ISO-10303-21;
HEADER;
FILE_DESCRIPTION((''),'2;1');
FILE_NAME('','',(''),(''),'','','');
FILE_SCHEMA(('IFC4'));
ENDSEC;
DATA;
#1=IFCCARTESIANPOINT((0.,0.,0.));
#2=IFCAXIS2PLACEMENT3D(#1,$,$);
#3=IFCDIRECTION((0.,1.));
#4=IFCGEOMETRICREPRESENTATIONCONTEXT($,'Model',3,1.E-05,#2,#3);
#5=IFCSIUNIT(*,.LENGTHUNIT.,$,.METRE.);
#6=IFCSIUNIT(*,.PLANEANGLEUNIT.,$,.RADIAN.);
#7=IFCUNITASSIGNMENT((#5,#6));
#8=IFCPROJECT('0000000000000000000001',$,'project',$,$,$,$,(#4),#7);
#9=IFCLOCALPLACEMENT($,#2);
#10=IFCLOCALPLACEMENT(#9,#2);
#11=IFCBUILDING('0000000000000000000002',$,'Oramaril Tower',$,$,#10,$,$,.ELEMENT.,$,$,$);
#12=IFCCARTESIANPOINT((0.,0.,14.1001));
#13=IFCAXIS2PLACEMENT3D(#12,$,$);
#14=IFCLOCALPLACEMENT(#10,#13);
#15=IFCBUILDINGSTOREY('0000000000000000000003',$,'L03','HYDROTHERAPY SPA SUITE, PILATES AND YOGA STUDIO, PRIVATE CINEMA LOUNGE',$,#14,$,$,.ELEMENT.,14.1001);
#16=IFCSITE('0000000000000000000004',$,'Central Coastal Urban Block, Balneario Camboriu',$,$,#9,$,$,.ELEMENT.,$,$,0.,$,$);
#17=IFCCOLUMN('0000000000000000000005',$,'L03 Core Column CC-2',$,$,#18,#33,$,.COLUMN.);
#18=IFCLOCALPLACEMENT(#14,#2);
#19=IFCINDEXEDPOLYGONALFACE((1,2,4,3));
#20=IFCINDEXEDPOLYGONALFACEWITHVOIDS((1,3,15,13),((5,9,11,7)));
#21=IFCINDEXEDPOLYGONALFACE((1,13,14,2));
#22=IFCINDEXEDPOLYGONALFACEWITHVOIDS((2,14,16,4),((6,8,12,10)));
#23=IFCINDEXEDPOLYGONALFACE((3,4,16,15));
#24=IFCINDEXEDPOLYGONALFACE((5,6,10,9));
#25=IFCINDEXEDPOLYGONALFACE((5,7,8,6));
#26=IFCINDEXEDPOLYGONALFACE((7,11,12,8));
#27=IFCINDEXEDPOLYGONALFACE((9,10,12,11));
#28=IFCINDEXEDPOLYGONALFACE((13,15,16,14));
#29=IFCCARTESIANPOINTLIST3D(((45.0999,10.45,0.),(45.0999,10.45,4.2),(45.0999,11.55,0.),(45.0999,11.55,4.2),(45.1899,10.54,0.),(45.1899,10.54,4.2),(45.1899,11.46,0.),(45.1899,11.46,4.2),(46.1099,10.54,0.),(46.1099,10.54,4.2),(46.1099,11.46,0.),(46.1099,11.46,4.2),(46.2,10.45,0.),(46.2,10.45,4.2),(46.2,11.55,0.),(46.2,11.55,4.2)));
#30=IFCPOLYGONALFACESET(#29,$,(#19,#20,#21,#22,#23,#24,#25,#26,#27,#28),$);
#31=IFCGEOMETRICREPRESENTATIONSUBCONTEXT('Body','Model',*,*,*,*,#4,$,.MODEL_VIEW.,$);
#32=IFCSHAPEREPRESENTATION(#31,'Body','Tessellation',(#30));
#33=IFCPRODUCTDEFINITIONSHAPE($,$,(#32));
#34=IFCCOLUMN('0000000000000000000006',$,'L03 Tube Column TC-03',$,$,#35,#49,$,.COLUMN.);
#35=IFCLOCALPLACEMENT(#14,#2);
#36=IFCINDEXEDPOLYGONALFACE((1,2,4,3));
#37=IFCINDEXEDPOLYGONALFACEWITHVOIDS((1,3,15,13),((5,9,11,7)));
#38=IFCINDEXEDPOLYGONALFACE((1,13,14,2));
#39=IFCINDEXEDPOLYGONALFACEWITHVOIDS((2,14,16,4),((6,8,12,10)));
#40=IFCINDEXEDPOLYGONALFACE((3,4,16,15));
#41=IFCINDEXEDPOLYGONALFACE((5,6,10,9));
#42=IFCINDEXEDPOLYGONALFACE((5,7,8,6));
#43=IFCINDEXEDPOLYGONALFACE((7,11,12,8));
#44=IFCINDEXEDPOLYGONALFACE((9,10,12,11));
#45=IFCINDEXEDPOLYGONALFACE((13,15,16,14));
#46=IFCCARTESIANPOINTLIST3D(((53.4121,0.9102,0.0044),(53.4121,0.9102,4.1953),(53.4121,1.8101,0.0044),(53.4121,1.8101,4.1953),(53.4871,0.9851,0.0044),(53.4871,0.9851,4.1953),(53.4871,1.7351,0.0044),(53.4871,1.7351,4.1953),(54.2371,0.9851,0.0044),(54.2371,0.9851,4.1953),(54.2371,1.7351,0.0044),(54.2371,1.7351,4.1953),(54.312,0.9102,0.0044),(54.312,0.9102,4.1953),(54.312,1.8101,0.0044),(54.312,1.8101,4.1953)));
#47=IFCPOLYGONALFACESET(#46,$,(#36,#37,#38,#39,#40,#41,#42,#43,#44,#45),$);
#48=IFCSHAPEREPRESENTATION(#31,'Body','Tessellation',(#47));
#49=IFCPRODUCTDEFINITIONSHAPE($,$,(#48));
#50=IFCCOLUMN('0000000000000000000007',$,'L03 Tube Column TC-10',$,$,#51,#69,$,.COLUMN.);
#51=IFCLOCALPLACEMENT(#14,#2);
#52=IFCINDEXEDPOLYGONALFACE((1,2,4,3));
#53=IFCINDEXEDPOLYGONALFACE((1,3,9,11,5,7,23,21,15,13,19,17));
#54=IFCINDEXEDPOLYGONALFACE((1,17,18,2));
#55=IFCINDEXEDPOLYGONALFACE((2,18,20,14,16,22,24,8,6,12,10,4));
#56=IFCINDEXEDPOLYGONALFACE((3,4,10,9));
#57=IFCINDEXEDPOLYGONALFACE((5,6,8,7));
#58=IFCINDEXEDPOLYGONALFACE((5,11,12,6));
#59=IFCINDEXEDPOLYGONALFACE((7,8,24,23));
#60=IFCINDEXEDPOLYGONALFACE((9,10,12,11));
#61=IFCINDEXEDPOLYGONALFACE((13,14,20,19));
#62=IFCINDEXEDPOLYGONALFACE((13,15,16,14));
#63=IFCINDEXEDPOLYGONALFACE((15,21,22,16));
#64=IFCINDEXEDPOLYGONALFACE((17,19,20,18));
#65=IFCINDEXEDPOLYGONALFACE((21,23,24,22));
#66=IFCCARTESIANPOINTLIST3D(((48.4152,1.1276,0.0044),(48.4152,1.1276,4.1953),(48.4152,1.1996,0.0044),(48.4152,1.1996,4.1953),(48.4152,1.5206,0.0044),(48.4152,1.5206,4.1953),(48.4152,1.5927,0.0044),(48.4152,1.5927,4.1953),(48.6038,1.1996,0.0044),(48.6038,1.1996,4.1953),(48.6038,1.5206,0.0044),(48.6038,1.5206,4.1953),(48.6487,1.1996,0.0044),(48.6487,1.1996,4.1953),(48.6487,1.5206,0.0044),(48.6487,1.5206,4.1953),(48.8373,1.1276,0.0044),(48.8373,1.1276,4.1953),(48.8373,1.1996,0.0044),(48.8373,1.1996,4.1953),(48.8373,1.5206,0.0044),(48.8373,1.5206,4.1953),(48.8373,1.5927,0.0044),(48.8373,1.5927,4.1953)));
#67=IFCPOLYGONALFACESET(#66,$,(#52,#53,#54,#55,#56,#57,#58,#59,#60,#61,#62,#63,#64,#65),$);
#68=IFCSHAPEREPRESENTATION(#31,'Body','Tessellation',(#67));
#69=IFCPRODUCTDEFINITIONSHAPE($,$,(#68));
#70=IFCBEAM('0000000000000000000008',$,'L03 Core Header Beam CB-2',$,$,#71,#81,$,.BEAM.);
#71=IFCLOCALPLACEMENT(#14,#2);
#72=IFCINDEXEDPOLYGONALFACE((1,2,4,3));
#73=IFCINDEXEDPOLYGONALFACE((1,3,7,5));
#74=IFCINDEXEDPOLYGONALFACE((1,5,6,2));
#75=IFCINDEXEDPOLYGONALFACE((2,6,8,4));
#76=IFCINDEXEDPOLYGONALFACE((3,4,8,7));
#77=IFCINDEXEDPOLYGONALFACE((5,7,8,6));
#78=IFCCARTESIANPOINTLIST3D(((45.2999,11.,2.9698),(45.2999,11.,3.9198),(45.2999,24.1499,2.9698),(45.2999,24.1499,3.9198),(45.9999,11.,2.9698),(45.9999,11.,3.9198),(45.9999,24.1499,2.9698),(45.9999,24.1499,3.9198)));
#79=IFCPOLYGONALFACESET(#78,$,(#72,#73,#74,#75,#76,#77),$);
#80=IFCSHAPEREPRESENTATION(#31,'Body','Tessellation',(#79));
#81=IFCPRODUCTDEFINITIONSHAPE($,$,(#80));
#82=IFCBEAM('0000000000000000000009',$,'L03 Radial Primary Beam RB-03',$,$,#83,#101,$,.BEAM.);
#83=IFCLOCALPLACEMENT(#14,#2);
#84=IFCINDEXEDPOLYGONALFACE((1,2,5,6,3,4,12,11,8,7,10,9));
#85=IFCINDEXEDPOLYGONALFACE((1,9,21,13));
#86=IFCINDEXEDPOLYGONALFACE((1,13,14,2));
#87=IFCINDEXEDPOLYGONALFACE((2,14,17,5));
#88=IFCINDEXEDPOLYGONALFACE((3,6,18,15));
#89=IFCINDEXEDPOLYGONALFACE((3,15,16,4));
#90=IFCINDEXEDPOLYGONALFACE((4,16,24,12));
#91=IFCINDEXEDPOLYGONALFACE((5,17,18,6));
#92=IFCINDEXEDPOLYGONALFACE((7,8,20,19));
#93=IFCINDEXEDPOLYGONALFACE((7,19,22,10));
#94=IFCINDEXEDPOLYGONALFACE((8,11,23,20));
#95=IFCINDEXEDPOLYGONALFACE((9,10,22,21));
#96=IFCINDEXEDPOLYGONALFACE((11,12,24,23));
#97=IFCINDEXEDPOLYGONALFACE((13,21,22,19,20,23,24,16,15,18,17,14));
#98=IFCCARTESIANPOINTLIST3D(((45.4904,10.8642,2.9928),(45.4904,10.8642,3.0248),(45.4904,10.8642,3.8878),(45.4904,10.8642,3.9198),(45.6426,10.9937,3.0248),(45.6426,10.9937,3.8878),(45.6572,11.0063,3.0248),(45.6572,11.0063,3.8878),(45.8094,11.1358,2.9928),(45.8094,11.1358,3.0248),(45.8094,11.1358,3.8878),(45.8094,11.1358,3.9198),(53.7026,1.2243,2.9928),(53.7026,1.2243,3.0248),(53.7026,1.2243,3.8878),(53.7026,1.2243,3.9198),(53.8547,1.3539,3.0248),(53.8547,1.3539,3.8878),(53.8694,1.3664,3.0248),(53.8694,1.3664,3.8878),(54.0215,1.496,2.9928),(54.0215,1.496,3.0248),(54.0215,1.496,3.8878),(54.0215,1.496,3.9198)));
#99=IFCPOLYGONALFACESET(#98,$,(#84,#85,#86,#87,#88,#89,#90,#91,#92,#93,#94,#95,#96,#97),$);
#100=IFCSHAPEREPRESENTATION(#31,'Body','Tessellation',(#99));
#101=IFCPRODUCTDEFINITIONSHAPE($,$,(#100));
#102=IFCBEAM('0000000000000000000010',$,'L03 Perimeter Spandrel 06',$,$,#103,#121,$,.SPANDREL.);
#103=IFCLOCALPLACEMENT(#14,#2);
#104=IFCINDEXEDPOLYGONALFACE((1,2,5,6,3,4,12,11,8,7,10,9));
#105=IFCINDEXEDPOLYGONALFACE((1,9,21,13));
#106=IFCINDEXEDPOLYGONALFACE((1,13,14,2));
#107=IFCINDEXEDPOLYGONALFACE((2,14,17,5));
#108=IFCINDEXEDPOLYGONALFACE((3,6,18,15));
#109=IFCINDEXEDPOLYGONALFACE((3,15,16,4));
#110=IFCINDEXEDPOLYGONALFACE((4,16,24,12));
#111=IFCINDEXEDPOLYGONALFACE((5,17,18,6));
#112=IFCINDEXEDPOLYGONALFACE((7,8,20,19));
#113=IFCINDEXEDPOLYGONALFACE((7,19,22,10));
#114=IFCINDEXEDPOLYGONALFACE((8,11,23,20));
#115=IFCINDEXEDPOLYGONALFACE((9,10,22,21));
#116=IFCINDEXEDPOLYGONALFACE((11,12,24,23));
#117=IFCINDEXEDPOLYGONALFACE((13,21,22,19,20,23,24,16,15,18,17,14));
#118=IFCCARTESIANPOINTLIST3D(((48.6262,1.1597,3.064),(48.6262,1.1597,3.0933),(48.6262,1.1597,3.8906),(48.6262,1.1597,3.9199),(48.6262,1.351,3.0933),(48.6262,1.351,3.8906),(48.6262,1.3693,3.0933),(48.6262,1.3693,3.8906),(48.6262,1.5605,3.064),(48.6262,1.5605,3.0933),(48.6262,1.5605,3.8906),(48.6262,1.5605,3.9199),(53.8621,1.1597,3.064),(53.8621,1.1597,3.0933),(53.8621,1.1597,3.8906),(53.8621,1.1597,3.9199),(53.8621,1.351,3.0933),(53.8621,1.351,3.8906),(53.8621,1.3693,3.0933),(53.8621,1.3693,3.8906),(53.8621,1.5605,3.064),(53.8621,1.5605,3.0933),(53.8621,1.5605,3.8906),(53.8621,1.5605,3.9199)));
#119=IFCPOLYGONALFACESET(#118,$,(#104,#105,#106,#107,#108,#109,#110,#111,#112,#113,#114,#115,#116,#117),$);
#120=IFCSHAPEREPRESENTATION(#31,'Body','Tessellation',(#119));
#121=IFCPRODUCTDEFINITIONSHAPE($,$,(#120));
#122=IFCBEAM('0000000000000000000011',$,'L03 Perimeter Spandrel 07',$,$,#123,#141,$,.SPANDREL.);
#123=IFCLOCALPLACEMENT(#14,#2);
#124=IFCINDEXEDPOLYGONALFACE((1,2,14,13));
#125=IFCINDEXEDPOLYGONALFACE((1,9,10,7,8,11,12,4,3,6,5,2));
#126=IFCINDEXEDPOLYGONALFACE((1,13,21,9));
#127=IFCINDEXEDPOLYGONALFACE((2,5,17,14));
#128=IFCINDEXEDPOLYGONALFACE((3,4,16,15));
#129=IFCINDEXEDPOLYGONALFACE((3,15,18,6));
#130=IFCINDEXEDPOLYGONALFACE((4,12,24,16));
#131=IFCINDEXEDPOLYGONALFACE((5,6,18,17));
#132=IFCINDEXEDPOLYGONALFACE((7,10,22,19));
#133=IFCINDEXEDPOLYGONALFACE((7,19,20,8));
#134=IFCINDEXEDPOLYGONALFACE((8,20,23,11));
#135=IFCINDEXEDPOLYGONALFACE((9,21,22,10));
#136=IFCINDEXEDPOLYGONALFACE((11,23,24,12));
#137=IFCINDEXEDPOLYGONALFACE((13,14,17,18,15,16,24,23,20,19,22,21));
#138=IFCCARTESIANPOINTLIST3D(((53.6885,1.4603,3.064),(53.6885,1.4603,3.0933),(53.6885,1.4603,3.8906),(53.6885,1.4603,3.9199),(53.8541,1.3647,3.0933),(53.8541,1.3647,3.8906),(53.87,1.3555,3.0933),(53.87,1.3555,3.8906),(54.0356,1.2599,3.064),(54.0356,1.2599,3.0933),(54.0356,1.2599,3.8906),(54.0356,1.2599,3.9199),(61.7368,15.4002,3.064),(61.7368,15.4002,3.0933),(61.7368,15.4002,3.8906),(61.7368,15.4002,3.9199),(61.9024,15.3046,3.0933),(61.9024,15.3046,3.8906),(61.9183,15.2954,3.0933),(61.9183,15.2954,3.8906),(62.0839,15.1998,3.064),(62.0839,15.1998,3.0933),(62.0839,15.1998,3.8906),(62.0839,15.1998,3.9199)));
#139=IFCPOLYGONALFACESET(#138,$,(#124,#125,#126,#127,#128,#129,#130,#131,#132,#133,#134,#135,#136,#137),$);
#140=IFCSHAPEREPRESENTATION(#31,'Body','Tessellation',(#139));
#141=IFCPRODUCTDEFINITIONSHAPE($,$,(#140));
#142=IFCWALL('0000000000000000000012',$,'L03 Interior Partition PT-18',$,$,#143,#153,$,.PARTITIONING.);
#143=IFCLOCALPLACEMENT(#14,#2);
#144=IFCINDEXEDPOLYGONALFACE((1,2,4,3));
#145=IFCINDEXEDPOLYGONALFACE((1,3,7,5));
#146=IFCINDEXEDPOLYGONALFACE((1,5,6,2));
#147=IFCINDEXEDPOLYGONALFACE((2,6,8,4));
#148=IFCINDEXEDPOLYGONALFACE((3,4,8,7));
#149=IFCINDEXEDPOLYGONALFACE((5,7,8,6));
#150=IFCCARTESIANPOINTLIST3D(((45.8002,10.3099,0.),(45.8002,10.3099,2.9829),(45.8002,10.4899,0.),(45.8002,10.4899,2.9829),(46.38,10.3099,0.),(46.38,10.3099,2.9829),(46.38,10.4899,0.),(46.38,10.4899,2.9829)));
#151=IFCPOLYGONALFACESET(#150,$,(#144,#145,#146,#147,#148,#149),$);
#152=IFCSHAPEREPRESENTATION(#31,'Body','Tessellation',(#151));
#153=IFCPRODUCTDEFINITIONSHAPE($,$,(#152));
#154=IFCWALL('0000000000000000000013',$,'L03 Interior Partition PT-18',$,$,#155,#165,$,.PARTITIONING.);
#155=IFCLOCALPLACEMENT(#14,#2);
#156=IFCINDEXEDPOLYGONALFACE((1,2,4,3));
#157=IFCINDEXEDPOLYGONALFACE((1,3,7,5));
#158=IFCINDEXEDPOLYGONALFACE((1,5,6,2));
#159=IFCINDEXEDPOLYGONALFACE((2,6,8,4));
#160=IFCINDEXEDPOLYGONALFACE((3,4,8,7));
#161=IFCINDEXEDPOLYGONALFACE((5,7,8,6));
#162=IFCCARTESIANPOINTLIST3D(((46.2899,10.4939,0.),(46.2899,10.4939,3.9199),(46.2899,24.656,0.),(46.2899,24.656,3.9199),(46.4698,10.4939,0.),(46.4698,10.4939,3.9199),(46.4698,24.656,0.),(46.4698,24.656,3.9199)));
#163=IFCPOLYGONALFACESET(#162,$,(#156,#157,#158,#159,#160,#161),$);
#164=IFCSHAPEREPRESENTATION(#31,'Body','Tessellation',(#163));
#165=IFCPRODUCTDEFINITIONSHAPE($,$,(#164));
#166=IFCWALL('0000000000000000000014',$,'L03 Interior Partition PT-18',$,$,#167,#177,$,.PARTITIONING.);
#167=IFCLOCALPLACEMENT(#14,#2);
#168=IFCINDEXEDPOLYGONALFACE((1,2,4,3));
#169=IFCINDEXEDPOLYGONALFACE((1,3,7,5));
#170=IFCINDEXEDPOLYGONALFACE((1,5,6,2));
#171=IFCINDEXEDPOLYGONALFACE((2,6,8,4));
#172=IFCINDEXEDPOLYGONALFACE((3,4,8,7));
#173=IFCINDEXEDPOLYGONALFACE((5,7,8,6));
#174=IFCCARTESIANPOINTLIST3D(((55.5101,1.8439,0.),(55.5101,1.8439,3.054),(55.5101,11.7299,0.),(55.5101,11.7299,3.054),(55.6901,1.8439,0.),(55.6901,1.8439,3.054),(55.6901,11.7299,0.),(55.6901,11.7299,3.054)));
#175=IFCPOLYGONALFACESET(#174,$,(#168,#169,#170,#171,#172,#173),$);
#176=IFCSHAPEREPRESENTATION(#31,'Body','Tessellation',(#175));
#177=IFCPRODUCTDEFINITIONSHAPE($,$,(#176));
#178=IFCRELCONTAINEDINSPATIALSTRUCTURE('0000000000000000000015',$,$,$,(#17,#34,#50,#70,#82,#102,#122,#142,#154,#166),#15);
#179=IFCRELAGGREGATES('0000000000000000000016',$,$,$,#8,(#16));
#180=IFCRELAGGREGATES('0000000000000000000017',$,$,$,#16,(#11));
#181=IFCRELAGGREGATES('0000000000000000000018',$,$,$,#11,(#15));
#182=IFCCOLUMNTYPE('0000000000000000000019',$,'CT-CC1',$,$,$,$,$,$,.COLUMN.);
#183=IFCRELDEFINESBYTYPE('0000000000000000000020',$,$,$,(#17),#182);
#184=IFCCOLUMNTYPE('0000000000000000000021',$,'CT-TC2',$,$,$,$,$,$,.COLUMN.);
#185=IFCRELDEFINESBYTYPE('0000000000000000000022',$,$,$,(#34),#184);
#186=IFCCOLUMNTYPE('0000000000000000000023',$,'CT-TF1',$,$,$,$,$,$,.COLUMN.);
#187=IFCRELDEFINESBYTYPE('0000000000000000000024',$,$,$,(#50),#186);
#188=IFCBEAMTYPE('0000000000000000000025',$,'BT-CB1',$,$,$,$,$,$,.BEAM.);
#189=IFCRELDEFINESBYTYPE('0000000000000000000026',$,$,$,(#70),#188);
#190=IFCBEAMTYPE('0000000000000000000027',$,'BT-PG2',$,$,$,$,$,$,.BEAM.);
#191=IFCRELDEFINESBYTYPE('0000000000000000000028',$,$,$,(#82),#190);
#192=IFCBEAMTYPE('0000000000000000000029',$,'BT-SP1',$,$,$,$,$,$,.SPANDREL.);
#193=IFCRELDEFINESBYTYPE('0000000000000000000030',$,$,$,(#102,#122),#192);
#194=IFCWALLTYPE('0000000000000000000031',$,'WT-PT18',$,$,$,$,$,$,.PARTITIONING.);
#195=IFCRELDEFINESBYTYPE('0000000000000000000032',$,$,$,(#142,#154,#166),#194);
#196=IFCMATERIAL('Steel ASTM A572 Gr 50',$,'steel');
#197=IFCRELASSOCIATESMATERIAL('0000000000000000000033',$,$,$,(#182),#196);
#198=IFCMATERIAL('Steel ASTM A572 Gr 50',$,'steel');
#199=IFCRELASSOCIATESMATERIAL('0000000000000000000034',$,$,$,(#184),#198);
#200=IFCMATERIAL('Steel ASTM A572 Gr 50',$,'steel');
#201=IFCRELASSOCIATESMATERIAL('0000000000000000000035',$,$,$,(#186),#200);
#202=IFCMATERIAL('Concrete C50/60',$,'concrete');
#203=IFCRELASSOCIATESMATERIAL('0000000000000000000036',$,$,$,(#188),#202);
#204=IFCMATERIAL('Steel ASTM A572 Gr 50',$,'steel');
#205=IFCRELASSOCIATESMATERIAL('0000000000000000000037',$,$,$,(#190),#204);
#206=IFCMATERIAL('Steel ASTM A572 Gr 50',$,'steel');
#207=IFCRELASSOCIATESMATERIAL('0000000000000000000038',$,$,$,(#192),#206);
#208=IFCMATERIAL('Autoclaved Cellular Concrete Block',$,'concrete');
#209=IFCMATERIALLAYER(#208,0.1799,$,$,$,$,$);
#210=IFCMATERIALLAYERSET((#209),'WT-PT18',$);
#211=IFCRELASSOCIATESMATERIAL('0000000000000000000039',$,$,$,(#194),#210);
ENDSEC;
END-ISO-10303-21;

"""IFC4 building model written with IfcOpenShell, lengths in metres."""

from ifc_helpers import new_model, si_unit, direction, frame, frame_2d, origin, origin_2d, place, context, subcontext, project, spatial, rectangle, hollow_rectangle, i_section, extrude, material, layer, layer_set, material_profile, profile_set, type_object, element, save


model = new_model("IFC4")

# Units and contexts
model_context = context("Model", 3, precision=1e-05, world=origin(), true_north=direction((0.0, 1.0)))
body_context = subcontext(model_context, "Body", "Model", "MODEL_VIEW")
ifc_project = project(units=[si_unit("LENGTHUNIT", "METRE"), si_unit("PLANEANGLEUNIT", "RADIAN")], contexts=[model_context])

# Site, building, storey
site_placement = place(None, origin())
site = spatial("IfcSite", under=ifc_project, at=site_placement, Name="Central Coastal Urban Block, Balneario Camboriu", CompositionType="ELEMENT", RefElevation=0.0)
building_placement = place(site_placement, origin())
building = spatial("IfcBuilding", under=site, at=building_placement, Name="Oramaril Tower", CompositionType="ELEMENT")
storey_placement = place(building_placement, frame((0.0, 0.0, 14.1001)))
storey = spatial("IfcBuildingStorey", under=building, at=storey_placement, Name="L03", Description="HYDROTHERAPY SPA SUITE, PILATES AND YOGA STUDIO, PRIVATE CINEMA LOUNGE", CompositionType="ELEMENT", Elevation=14.1001)

# Columns
ifc_material_1 = material(Name="Steel ASTM A572 Gr 50", Category="steel")
ifc_material_profile_1 = material_profile(ifc_material_1, hollow_rectangle(XDim=1.1001, YDim=1.1001, WallThickness=0.0901, at=origin_2d()), Name="BOX1100X1100X90")
ifc_profile_set_1 = profile_set([ifc_material_profile_1], Name="Steel ASTM A572 Gr 50")
column_type_1 = type_object("IfcColumnType", Name="CT-CC1", PredefinedType="COLUMN", material=ifc_profile_set_1)
column_1_placement = place(storey_placement, frame((45.6499, 11.0, 0.0), z_axis=(0.0, 0.0, 1.0), x_axis=(1.0, 0.0, 0.0)))
element("IfcColumn", 1, at=column_1_placement, inside=storey, type_object=column_type_1, Name="L03 Core Column CC-2", PredefinedType="COLUMN", context=body_context, shape_type="SweptSolid", body=[
    extrude(hollow_rectangle(XDim=1.1001, YDim=1.1001, WallThickness=0.0901, at=origin_2d()), origin(), (0.0, 0.0, 1.0), 4.2),
])
ifc_material_2 = material(Name="Steel ASTM A572 Gr 50", Category="steel")
ifc_material_profile_2 = material_profile(ifc_material_2, hollow_rectangle(XDim=0.8999, YDim=0.8999, WallThickness=0.075, at=origin_2d()), Name="BOX900X900X75")
ifc_profile_set_2 = profile_set([ifc_material_profile_2], Name="Steel ASTM A572 Gr 50")
column_type_2 = type_object("IfcColumnType", Name="CT-TC2", PredefinedType="COLUMN", material=ifc_profile_set_2)
column_2_placement = place(storey_placement, frame((53.8621, 1.3601, 0.0044), z_axis=(0.0, 0.0, 1.0), x_axis=(1.0, 0.0, 0.0)))
element("IfcColumn", 2, at=column_2_placement, inside=storey, type_object=column_type_2, Name="L03 Tube Column TC-03", PredefinedType="COLUMN", context=body_context, shape_type="SweptSolid", body=[
    extrude(hollow_rectangle(XDim=0.8999, YDim=0.8999, WallThickness=0.075, at=origin_2d()), origin(), (0.0, 0.0, 1.0), 4.1909),
])
ifc_material_3 = material(Name="Steel ASTM A572 Gr 50", Category="steel")
ifc_material_profile_3 = material_profile(ifc_material_3, i_section(OverallWidth=0.4221, OverallDepth=0.4651, WebThickness=0.0449, FlangeThickness=0.072, at=origin_2d()), Name="W14X398")
ifc_profile_set_3 = profile_set([ifc_material_profile_3], Name="Steel ASTM A572 Gr 50")
column_type_3 = type_object("IfcColumnType", Name="CT-TF1", PredefinedType="COLUMN", material=ifc_profile_set_3)
column_3_placement = place(storey_placement, frame((48.6262, 1.3601, 0.0044), z_axis=(0.0, 0.0, 1.0), x_axis=(1.0, 0.0, 0.0)))
element("IfcColumn", 3, at=column_3_placement, inside=storey, type_object=column_type_3, Name="L03 Tube Column TC-10", PredefinedType="COLUMN", context=body_context, shape_type="SweptSolid", body=[
    extrude(i_section(OverallWidth=0.4221, OverallDepth=0.4651, WebThickness=0.0449, FlangeThickness=0.072, at=origin_2d()), origin(), (0.0, 0.0, 1.0), 4.1909),
])

# Beams
ifc_material_4 = material(Name="Concrete C50/60", Category="concrete")
ifc_material_profile_4 = material_profile(ifc_material_4, rectangle(XDim=0.7, YDim=0.95, at=origin_2d()), Name="CB700X950")
ifc_profile_set_4 = profile_set([ifc_material_profile_4], Name="Concrete C50/60")
beam_type_1 = type_object("IfcBeamType", Name="BT-CB1", PredefinedType="BEAM", material=ifc_profile_set_4)
beam_1_placement = place(storey_placement, frame((45.6499, 11.0, 3.4448), z_axis=(0.0, 1.0, 0.0), x_axis=(-1.0, 0.0, 0.0)))
element("IfcBeam", 4, at=beam_1_placement, inside=storey, type_object=beam_type_1, Name="L03 Core Header Beam CB-2", PredefinedType="BEAM", context=body_context, shape_type="SweptSolid", body=[
    extrude(rectangle(XDim=0.7, YDim=0.95, at=origin_2d()), origin(), (0.0, 0.0, 1.0), 13.1499),
])
ifc_material_5 = material(Name="Steel ASTM A572 Gr 50", Category="steel")
ifc_material_profile_5 = material_profile(ifc_material_5, i_section(OverallWidth=0.4189, OverallDepth=0.927, WebThickness=0.0193, FlangeThickness=0.032, at=origin_2d()), Name="W36X231")
ifc_profile_set_5 = profile_set([ifc_material_profile_5], Name="Steel ASTM A572 Gr 50")
beam_type_2 = type_object("IfcBeamType", Name="BT-PG2", PredefinedType="BEAM", material=ifc_profile_set_5)
beam_2_placement = place(storey_placement, frame((45.6499, 11.0, 3.4563), z_axis=(0.648485, -0.761228, 0.0), x_axis=(0.761228, 0.648485, 0.0)))
element("IfcBeam", 5, at=beam_2_placement, inside=storey, type_object=beam_type_2, Name="L03 Radial Primary Beam RB-03", PredefinedType="BEAM", context=body_context, shape_type="SweptSolid", body=[
    extrude(i_section(OverallWidth=0.4189, OverallDepth=0.927, WebThickness=0.0193, FlangeThickness=0.032, at=origin_2d()), origin(), (0.0, 0.0, 1.0), 12.6636),
])
ifc_material_6 = material(Name="Steel ASTM A572 Gr 50", Category="steel")
ifc_material_profile_6 = material_profile(ifc_material_6, i_section(OverallWidth=0.4009, OverallDepth=0.856, WebThickness=0.0183, FlangeThickness=0.0293, at=origin_2d()), Name="W33X201")
ifc_profile_set_6 = profile_set([ifc_material_profile_6], Name="Steel ASTM A572 Gr 50")
beam_type_3 = type_object("IfcBeamType", Name="BT-SP1", PredefinedType="SPANDREL", material=ifc_profile_set_6)
beam_3_placement = place(storey_placement, frame((48.6262, 1.3601, 3.4919), z_axis=(1.0, 0.0, 0.0), x_axis=(0.0, 1.0, 0.0)))
element("IfcBeam", 6, at=beam_3_placement, inside=storey, type_object=beam_type_3, Name="L03 Perimeter Spandrel 06", PredefinedType="SPANDREL", context=body_context, shape_type="SweptSolid", body=[
    extrude(i_section(OverallWidth=0.4009, OverallDepth=0.856, WebThickness=0.0183, FlangeThickness=0.0293, at=origin_2d()), origin(), (0.0, 0.0, 1.0), 5.2358),
])
beam_4_placement = place(storey_placement, frame((53.8621, 1.3601, 3.4919), z_axis=(0.500005, 0.866022, 0.0), x_axis=(-0.866022, 0.500005, 0.0)))
element("IfcBeam", 7, at=beam_4_placement, inside=storey, type_object=beam_type_3, Name="L03 Perimeter Spandrel 07", PredefinedType="SPANDREL", context=body_context, shape_type="SweptSolid", body=[
    extrude(i_section(OverallWidth=0.4009, OverallDepth=0.856, WebThickness=0.0183, FlangeThickness=0.0293, at=origin_2d()), origin(), (0.0, 0.0, 1.0), 16.0964),
])

# Walls
ifc_material_7 = material(Name="Autoclaved Cellular Concrete Block", Category="concrete")
ifc_layer_1 = layer(ifc_material_7, 0.1799)
ifc_layer_set_1 = layer_set([ifc_layer_1], Name="WT-PT18")
wall_type_1 = type_object("IfcWallType", Name="WT-PT18", PredefinedType="PARTITIONING", material=ifc_layer_set_1)
wall_1_placement = place(storey_placement, frame((45.8, 10.3999, 0.0), z_axis=(0.0, 0.0, 1.0), x_axis=(1.0, 0.0, 0.0)))
element("IfcWall", 8, at=wall_1_placement, inside=storey, type_object=wall_type_1, Name="L03 Interior Partition PT-18", PredefinedType="PARTITIONING", context=body_context, shape_type="SweptSolid", body=[
    extrude(rectangle(XDim=0.5798, YDim=0.1799, at=frame_2d((0.29, 0.0))), origin(), (0.0, 0.0, 1.0), 2.9829),
])
wall_2_placement = place(storey_placement, frame((46.3799, 10.4939, 0.0), z_axis=(0.0, 0.0, 1.0), x_axis=(0.0, 1.0, 0.0)))
element("IfcWall", 9, at=wall_2_placement, inside=storey, type_object=wall_type_1, Name="L03 Interior Partition PT-18", PredefinedType="PARTITIONING", context=body_context, shape_type="SweptSolid", body=[
    extrude(rectangle(XDim=14.1621, YDim=0.1799, at=frame_2d((7.0811, 0.0))), origin(), (0.0, 0.0, 1.0), 3.9199),
])
wall_3_placement = place(storey_placement, frame((55.6001, 1.844, 0.0), z_axis=(0.0, 0.0, 1.0), x_axis=(0.0, 1.0, 0.0)))
element("IfcWall", 10, at=wall_3_placement, inside=storey, type_object=wall_type_1, Name="L03 Interior Partition PT-18", PredefinedType="PARTITIONING", context=body_context, shape_type="SweptSolid", body=[
    extrude(rectangle(XDim=9.886, YDim=0.1799, at=frame_2d((4.9429, 0.0))), origin(), (0.0, 0.0, 1.0), 3.054),
])

save(model, "model.ifc")
